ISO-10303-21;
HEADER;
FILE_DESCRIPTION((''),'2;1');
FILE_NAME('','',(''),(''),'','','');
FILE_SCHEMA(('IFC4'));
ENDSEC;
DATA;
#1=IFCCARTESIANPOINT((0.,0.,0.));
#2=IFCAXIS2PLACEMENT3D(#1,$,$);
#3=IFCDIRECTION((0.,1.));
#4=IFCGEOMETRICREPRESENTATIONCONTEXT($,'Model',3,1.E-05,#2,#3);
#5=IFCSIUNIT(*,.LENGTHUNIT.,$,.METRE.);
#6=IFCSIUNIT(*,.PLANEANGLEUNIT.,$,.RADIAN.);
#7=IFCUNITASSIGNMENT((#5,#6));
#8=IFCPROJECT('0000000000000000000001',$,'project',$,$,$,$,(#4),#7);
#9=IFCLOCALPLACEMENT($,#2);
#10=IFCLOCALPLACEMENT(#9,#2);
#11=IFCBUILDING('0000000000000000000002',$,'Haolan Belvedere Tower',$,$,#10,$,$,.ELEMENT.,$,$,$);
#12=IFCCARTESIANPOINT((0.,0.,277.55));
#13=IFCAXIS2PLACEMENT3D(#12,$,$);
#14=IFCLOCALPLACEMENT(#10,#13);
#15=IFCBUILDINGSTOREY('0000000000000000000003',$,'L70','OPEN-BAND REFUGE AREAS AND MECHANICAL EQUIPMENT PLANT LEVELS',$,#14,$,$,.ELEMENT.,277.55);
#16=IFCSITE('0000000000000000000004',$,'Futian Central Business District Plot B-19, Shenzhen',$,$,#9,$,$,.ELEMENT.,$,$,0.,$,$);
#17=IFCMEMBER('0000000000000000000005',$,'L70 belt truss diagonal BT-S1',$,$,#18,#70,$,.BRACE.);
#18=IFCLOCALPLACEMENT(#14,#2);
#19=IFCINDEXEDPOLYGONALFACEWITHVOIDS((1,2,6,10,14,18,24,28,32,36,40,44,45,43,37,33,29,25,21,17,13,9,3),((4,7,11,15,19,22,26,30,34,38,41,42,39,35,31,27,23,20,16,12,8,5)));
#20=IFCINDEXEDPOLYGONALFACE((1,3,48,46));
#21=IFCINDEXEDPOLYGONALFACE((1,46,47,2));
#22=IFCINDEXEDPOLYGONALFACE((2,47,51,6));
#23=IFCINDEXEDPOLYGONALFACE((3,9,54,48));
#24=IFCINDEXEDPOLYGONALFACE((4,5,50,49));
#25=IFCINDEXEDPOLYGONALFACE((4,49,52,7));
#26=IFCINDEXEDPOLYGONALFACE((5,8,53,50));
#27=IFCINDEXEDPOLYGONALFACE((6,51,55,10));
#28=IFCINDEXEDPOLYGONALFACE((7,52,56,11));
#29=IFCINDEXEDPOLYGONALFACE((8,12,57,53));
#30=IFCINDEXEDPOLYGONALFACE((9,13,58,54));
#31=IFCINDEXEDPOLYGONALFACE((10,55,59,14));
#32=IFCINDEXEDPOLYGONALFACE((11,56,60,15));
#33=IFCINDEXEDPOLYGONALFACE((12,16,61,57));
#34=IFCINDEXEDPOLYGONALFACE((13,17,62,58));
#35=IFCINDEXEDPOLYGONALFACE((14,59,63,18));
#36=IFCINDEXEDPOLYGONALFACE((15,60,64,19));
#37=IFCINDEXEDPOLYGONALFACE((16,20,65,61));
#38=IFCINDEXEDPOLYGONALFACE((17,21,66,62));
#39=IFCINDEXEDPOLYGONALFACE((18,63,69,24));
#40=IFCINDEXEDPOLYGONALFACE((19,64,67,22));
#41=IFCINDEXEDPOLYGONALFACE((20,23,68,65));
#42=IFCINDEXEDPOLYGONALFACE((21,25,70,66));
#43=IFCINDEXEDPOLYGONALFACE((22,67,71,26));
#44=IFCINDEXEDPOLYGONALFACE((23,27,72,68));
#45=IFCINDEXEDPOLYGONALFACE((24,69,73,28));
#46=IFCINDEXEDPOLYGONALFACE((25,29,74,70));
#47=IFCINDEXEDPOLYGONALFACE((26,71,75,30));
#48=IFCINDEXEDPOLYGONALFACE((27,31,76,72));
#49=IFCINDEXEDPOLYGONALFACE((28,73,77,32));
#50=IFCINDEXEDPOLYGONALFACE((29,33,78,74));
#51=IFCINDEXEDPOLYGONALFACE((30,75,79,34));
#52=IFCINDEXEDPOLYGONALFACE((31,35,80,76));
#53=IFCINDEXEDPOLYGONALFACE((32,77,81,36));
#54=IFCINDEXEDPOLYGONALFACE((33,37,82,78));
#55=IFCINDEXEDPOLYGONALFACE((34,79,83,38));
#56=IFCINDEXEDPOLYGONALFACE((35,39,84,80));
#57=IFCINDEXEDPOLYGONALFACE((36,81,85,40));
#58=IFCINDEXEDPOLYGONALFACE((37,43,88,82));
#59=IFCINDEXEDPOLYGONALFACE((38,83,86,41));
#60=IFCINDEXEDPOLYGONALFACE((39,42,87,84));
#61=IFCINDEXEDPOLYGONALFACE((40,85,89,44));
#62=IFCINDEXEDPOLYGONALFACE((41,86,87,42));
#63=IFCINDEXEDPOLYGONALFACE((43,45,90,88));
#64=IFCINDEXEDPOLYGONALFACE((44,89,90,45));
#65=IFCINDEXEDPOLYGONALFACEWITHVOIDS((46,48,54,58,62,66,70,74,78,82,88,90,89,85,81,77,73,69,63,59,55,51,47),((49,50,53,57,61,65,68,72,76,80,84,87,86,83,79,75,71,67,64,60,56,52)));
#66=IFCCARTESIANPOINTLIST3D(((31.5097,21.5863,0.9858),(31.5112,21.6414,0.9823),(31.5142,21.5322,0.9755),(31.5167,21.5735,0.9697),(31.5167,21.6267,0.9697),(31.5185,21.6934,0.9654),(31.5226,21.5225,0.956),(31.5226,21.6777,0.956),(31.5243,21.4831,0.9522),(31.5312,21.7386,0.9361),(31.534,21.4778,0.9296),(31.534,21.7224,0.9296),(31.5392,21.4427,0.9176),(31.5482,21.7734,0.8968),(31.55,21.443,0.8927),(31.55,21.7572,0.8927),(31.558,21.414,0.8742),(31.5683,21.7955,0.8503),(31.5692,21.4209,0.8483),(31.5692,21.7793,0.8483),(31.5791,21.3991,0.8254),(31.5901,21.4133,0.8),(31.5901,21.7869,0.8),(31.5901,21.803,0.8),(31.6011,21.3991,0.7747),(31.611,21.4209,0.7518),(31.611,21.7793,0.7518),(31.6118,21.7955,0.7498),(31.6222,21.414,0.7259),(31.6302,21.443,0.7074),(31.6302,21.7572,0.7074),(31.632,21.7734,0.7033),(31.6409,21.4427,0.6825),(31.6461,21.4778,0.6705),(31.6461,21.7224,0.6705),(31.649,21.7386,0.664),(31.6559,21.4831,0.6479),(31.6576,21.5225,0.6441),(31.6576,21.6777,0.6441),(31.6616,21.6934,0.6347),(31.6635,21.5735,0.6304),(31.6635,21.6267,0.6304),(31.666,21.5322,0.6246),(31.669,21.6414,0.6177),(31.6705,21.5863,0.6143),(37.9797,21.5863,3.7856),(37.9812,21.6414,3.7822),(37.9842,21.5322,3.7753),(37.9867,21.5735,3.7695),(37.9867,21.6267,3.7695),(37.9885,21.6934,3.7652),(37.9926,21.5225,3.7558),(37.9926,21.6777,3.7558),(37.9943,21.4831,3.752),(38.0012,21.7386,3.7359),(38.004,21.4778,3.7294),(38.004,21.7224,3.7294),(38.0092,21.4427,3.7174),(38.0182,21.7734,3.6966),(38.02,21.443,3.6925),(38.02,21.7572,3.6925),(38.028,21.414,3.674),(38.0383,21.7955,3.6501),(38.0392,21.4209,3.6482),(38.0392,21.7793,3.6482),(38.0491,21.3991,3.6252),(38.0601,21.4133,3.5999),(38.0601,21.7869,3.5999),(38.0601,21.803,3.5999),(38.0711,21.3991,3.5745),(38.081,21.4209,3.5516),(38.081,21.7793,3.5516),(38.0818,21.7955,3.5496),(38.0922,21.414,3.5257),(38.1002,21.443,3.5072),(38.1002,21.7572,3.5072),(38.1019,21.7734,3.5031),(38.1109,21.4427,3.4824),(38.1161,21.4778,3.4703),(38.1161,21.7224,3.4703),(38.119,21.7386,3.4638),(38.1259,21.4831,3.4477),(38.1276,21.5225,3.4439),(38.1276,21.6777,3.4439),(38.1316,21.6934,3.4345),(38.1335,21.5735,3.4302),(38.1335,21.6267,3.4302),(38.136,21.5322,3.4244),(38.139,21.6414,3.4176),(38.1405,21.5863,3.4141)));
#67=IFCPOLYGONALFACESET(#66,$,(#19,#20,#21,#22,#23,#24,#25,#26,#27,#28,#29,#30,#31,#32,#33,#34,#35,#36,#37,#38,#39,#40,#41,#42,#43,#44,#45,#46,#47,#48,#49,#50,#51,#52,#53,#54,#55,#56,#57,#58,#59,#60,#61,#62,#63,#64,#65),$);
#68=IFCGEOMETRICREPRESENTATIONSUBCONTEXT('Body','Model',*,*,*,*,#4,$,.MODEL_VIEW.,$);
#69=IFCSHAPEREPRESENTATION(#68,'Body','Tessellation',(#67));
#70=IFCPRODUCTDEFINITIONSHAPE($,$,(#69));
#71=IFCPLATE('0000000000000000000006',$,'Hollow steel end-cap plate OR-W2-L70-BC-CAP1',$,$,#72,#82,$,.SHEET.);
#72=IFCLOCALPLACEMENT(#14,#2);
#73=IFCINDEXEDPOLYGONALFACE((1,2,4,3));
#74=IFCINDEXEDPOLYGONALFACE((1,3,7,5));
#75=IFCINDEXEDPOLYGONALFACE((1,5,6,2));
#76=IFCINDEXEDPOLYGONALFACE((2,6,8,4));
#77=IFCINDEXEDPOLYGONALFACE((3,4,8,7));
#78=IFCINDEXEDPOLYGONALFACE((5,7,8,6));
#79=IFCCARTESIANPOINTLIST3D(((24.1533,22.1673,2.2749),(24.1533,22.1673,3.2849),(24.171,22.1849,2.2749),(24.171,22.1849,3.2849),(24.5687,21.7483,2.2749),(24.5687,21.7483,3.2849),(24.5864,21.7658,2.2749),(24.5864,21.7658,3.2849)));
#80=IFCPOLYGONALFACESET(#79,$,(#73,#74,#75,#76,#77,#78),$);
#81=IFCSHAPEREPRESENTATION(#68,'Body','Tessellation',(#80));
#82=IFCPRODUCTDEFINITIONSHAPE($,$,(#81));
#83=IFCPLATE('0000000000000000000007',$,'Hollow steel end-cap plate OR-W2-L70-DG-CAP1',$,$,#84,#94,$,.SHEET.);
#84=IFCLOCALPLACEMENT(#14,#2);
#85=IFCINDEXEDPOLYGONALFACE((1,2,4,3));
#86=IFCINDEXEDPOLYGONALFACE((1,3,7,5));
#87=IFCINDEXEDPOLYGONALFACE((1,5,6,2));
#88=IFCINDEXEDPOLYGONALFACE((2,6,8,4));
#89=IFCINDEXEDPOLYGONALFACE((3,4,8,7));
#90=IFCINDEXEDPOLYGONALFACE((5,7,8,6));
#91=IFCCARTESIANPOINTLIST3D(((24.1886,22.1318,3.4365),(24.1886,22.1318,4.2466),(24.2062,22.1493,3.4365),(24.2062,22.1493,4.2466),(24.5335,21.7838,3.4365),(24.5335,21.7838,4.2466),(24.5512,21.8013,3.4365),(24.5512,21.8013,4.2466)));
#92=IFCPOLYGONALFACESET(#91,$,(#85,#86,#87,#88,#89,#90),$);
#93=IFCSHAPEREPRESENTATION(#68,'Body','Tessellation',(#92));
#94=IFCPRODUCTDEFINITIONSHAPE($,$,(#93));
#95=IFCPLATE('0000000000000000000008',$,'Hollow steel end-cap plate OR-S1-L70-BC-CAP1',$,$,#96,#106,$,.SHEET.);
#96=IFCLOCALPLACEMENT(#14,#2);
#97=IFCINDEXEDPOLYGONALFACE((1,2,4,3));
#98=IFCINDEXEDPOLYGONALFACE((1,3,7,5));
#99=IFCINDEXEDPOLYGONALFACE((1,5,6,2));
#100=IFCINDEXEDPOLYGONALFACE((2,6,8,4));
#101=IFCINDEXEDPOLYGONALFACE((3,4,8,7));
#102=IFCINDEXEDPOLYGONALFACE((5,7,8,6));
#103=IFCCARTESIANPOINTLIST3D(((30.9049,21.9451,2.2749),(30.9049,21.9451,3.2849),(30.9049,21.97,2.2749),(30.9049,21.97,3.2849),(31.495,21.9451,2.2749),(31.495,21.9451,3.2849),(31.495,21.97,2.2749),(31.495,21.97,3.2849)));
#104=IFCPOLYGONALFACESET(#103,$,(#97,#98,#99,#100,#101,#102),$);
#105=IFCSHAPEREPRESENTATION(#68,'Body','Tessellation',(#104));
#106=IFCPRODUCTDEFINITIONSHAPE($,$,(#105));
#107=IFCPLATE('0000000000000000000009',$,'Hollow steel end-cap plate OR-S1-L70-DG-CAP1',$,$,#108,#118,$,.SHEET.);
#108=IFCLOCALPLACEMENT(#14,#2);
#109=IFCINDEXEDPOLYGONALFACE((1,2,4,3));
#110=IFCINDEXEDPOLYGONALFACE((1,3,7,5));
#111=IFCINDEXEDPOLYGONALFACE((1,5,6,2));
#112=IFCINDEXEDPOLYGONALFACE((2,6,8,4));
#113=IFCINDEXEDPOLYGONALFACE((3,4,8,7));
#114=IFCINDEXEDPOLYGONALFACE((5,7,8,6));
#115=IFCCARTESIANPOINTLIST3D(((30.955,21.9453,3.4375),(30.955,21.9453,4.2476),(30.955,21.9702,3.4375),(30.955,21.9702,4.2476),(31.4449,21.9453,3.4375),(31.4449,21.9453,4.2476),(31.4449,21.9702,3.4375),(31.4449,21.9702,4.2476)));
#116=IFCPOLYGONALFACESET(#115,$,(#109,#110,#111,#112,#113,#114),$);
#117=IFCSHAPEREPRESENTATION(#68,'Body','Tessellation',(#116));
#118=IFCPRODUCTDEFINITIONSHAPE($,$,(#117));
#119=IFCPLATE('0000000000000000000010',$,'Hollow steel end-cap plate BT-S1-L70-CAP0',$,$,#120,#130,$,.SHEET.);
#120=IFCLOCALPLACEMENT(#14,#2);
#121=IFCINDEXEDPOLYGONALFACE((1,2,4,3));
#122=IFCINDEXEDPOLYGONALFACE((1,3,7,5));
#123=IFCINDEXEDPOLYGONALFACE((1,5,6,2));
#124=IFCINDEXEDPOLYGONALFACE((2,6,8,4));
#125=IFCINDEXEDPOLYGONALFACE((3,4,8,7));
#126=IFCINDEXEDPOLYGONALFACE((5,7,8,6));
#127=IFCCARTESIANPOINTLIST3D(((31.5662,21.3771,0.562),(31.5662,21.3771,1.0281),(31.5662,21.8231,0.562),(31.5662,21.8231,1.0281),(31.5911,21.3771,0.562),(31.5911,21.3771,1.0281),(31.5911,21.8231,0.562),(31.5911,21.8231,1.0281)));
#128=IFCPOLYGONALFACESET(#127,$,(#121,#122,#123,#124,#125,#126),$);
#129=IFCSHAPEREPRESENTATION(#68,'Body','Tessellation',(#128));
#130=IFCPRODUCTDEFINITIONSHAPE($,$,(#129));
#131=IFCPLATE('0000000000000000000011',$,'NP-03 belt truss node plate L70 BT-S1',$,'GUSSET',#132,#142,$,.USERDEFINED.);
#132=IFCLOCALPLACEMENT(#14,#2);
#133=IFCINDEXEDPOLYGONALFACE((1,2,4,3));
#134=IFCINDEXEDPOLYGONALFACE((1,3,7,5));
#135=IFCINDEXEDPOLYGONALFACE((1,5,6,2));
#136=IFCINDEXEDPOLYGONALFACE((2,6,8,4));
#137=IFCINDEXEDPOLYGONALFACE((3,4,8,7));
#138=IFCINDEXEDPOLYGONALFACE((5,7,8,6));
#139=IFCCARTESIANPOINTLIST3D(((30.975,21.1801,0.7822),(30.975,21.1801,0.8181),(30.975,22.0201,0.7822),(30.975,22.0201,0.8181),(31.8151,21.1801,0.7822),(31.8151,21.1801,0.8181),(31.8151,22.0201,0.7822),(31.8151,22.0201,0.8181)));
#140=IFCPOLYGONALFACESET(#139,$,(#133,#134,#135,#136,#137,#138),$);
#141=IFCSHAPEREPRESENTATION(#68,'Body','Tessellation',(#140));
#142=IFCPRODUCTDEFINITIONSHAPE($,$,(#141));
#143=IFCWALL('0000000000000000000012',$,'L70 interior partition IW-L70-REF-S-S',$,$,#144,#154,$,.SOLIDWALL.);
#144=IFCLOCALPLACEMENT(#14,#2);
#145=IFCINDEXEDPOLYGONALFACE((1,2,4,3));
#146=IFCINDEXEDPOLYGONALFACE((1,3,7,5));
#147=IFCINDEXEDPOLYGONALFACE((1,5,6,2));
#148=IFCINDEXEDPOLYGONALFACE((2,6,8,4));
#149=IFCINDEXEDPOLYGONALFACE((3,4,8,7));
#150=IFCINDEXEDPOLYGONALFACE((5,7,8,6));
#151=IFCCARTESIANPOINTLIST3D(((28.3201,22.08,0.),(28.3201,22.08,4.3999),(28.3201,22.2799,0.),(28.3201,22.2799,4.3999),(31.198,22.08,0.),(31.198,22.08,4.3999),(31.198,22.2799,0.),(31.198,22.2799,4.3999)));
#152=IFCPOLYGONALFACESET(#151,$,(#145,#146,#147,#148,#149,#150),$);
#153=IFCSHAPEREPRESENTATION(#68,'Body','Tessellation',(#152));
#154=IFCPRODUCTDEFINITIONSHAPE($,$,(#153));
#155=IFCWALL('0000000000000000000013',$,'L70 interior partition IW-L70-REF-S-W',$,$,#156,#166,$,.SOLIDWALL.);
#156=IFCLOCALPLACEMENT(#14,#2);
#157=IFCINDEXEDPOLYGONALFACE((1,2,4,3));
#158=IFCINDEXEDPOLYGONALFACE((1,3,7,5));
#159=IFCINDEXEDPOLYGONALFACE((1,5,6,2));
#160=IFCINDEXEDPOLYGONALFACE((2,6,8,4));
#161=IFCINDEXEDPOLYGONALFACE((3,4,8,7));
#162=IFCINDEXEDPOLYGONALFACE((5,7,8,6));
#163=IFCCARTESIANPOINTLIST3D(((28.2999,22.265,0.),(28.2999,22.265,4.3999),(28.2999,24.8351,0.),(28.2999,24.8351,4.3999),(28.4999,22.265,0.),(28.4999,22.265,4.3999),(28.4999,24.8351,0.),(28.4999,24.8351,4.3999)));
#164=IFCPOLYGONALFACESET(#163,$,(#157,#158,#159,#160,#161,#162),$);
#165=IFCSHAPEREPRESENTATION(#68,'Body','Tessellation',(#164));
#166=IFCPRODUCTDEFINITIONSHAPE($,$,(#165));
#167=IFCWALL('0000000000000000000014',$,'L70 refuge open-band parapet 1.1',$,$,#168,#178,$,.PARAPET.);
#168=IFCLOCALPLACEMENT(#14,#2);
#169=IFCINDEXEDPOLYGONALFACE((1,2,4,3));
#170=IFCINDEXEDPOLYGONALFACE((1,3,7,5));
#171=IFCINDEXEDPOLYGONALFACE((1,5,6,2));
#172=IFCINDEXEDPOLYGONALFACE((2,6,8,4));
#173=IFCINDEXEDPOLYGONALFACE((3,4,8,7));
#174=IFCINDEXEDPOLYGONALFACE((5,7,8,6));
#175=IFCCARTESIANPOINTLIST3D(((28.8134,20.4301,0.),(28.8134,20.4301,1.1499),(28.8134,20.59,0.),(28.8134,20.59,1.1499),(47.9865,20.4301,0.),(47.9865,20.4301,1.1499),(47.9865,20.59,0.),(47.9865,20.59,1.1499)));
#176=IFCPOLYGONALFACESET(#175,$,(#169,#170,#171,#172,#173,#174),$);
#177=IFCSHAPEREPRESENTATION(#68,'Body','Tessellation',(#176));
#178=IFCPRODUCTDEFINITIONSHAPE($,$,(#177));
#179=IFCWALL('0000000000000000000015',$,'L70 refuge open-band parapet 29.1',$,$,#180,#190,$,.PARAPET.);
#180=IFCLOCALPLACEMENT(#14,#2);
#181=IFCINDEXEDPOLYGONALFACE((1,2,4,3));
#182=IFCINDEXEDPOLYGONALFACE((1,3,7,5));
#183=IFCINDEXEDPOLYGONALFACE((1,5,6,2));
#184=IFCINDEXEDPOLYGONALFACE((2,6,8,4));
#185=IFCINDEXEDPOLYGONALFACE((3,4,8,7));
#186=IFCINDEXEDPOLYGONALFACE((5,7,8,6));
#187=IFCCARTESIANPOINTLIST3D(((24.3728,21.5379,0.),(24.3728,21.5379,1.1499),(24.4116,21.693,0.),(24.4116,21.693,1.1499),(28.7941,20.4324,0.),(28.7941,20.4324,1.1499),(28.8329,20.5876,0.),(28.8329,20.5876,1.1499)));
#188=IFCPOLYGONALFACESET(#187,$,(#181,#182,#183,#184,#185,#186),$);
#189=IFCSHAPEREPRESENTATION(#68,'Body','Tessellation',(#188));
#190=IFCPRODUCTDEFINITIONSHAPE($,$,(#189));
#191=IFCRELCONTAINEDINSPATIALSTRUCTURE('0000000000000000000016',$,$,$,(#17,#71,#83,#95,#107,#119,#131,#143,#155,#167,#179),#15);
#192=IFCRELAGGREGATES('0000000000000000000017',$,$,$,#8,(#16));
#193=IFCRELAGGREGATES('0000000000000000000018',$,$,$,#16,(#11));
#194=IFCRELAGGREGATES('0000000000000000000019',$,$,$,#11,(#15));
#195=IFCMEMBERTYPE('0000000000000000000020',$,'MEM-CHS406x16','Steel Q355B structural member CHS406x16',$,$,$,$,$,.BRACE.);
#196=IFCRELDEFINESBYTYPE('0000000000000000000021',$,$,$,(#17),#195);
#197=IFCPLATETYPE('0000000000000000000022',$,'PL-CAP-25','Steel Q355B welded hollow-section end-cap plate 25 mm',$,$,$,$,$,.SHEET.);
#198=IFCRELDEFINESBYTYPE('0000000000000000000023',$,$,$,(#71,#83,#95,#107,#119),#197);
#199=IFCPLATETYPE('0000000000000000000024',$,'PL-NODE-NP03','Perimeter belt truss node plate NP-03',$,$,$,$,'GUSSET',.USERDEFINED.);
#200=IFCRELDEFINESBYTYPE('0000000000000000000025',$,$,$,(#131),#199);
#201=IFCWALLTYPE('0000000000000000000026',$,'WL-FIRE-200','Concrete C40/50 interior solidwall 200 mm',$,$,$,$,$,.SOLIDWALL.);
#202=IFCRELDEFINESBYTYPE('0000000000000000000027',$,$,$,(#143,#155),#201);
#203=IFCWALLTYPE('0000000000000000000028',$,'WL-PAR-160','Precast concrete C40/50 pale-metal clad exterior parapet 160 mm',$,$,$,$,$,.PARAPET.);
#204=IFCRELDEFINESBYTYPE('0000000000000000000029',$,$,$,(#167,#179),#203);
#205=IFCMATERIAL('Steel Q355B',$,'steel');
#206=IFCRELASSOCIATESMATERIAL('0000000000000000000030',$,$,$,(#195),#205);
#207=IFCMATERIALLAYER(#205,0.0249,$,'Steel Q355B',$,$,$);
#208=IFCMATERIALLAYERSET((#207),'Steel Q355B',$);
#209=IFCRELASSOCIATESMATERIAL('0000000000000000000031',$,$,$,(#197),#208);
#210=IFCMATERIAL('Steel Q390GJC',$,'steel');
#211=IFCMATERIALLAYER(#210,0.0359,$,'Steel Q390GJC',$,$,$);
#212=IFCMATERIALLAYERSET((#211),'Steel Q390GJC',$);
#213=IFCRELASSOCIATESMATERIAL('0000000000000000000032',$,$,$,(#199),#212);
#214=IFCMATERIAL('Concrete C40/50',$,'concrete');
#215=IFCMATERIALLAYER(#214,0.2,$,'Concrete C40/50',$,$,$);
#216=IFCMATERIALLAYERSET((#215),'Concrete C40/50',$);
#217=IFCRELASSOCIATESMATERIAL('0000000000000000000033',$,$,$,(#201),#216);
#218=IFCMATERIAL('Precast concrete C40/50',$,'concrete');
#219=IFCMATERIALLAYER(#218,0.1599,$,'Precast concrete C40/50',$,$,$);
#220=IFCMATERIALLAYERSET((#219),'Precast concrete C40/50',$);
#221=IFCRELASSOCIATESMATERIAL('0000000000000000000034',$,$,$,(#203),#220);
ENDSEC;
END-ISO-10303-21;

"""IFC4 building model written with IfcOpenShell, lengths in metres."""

from ifc_helpers import new_model, si_unit, direction, frame, frame_2d, origin, origin_2d, place, context, subcontext, project, spatial, rectangle, hollow_circle, extrude, material, layer, layer_set, material_profile, profile_set, type_object, element, save


model = new_model("IFC4")

# Units and contexts
model_context = context("Model", 3, precision=1e-05, world=origin(), true_north=direction((0.0, 1.0)))
body_context = subcontext(model_context, "Body", "Model", "MODEL_VIEW")
ifc_project = project(units=[si_unit("LENGTHUNIT", "METRE"), si_unit("PLANEANGLEUNIT", "RADIAN")], contexts=[model_context])

# Site, building, storey
site_placement = place(None, origin())
site = spatial("IfcSite", under=ifc_project, at=site_placement, Name="Futian Central Business District Plot B-19, Shenzhen", CompositionType="ELEMENT", RefElevation=0.0)
building_placement = place(site_placement, origin())
building = spatial("IfcBuilding", under=site, at=building_placement, Name="Haolan Belvedere Tower", CompositionType="ELEMENT")
storey_placement = place(building_placement, frame((0.0, 0.0, 277.55)))
storey = spatial("IfcBuildingStorey", under=building, at=storey_placement, Name="L70", Description="OPEN-BAND REFUGE AREAS AND MECHANICAL EQUIPMENT PLANT LEVELS", CompositionType="ELEMENT", Elevation=277.55)

# Shared definitions
ifc_material_1 = material(Name="Steel Q390GJC", Category="steel")

# Shared definitions
ifc_material_2 = material(Name="Steel Q355B", Category="steel")

# Member
ifc_material_profile_1 = material_profile(ifc_material_2, hollow_circle(Radius=0.2029, WallThickness=0.0161, at=origin_2d()), Name="Steel Q355B")
ifc_profile_set_1 = profile_set([ifc_material_profile_1], Name="Steel Q355B")
member_type = type_object("IfcMemberType", Name="MEM-CHS406x16", Description="Steel Q355B structural member CHS406x16", PredefinedType="BRACE", material=ifc_profile_set_1)
member_placement = place(storey_placement, frame((31.5901, 21.6001, 0.8), z_axis=(0.917755, 0.0, 0.397148), x_axis=(0.0, 1.0, 0.0)))
element("IfcMember", 1, at=member_placement, inside=storey, type_object=member_type, Name="L70 belt truss diagonal BT-S1", PredefinedType="BRACE", context=body_context, shape_type="SweptSolid", body=[
    extrude(hollow_circle(Radius=0.2029, WallThickness=0.0161, at=origin_2d()), origin(), (0.0, 0.0, 1.0), 7.0498),
])

# Plates
ifc_layer_1 = layer(ifc_material_2, 0.0249, Name="Steel Q355B")
ifc_layer_set_1 = layer_set([ifc_layer_1], Name="Steel Q355B")
plate_type_1 = type_object("IfcPlateType", Name="PL-CAP-25", Description="Steel Q355B welded hollow-section end-cap plate 25 mm", PredefinedType="SHEET", material=ifc_layer_set_1)
plate_1_placement = place(storey_placement, frame((24.3699, 21.9666, 2.2749), z_axis=(0.0, 0.0, 1.0), x_axis=(0.704015, -0.710185, 0.0)))
element("IfcPlate", 2, at=plate_1_placement, inside=storey, type_object=plate_type_1, Name="Hollow steel end-cap plate OR-W2-L70-BC-CAP1", PredefinedType="SHEET", context=body_context, shape_type="SweptSolid", body=[
    extrude(rectangle(XDim=0.5901, YDim=0.0249, at=origin_2d()), origin(), (0.0, 0.0, 1.0), 1.01),
])
plate_2_placement = place(storey_placement, frame((24.3699, 21.9666, 3.4365), z_axis=(0.0, 0.0, 1.0), x_axis=(0.704015, -0.710185, 0.0)))
element("IfcPlate", 3, at=plate_2_placement, inside=storey, type_object=plate_type_1, Name="Hollow steel end-cap plate OR-W2-L70-DG-CAP1", PredefinedType="SHEET", context=body_context, shape_type="SweptSolid", body=[
    extrude(rectangle(XDim=0.49, YDim=0.0249, at=origin_2d()), origin(), (0.0, 0.0, 1.0), 0.8101),
])
plate_3_placement = place(storey_placement, frame((31.2, 21.9575, 2.2749), z_axis=(0.0, 0.0, 1.0), x_axis=(1.0, 0.0, 0.0)))
element("IfcPlate", 4, at=plate_3_placement, inside=storey, type_object=plate_type_1, Name="Hollow steel end-cap plate OR-S1-L70-BC-CAP1", PredefinedType="SHEET", context=body_context, shape_type="SweptSolid", body=[
    extrude(rectangle(XDim=0.5901, YDim=0.0249, at=origin_2d()), origin(), (0.0, 0.0, 1.0), 1.01),
])
plate_4_placement = place(storey_placement, frame((31.2, 21.9578, 3.4375), z_axis=(0.0, 0.0, 1.0), x_axis=(1.0, 0.0, 0.0)))
element("IfcPlate", 5, at=plate_4_placement, inside=storey, type_object=plate_type_1, Name="Hollow steel end-cap plate OR-S1-L70-DG-CAP1", PredefinedType="SHEET", context=body_context, shape_type="SweptSolid", body=[
    extrude(rectangle(XDim=0.49, YDim=0.0249, at=origin_2d()), origin(), (0.0, 0.0, 1.0), 0.8101),
])
plate_5_placement = place(storey_placement, frame((31.5786, 21.6001, 0.562), z_axis=(0.0, 0.0, 1.0), x_axis=(0.0, -1.0, 0.0)))
element("IfcPlate", 6, at=plate_5_placement, inside=storey, type_object=plate_type_1, Name="Hollow steel end-cap plate BT-S1-L70-CAP0", PredefinedType="SHEET", context=body_context, shape_type="SweptSolid", body=[
    extrude(rectangle(XDim=0.446, YDim=0.0249, at=origin_2d()), origin(), (0.0, 0.0, 1.0), 0.4661),
])
ifc_layer_2 = layer(ifc_material_1, 0.0359, Name="Steel Q390GJC")
ifc_layer_set_2 = layer_set([ifc_layer_2], Name="Steel Q390GJC")
plate_type_2 = type_object("IfcPlateType", Name="PL-NODE-NP03", Description="Perimeter belt truss node plate NP-03", ElementType="GUSSET", PredefinedType="USERDEFINED", material=ifc_layer_set_2)
plate_6_placement = place(storey_placement, frame((31.395, 21.6001, 0.7822), z_axis=(0.0, 0.0, 1.0), x_axis=(1.0, 0.0, 0.0)))
element("IfcPlate", 7, at=plate_6_placement, inside=storey, type_object=plate_type_2, Name="NP-03 belt truss node plate L70 BT-S1", ObjectType="GUSSET", PredefinedType="USERDEFINED", context=body_context, shape_type="SweptSolid", body=[
    extrude(rectangle(XDim=0.8401, YDim=0.8401, at=origin_2d()), origin(), (0.0, 0.0, 1.0), 0.0359),
])

# Walls
ifc_material_3 = material(Name="Concrete C40/50", Category="concrete")
ifc_layer_3 = layer(ifc_material_3, 0.2, Name="Concrete C40/50")
ifc_layer_set_3 = layer_set([ifc_layer_3], Name="Concrete C40/50")
wall_type_1 = type_object("IfcWallType", Name="WL-FIRE-200", Description="Concrete C40/50 interior solidwall 200 mm", PredefinedType="SOLIDWALL", material=ifc_layer_set_3)
wall_1_placement = place(storey_placement, frame((28.3201, 22.1799, 0.0), z_axis=(0.0, 0.0, 1.0), x_axis=(1.0, 0.0, 0.0)))
element("IfcWall", 8, at=wall_1_placement, inside=storey, type_object=wall_type_1, Name="L70 interior partition IW-L70-REF-S-S", PredefinedType="SOLIDWALL", context=body_context, shape_type="SweptSolid", body=[
    extrude(rectangle(XDim=2.8779, YDim=0.2, at=frame_2d((1.439, 0.0))), origin(), (0.0, 0.0, 1.0), 4.3999),
])
wall_2_placement = place(storey_placement, frame((28.3999, 22.2649, 0.0), z_axis=(0.0, 0.0, 1.0), x_axis=(0.0, 1.0, 0.0)))
element("IfcWall", 9, at=wall_2_placement, inside=storey, type_object=wall_type_1, Name="L70 interior partition IW-L70-REF-S-W", PredefinedType="SOLIDWALL", context=body_context, shape_type="SweptSolid", body=[
    extrude(rectangle(XDim=2.5701, YDim=0.2, at=frame_2d((1.2852, 0.0))), origin(), (0.0, 0.0, 1.0), 4.3999),
])
ifc_material_4 = material(Name="Precast concrete C40/50", Category="concrete")
ifc_layer_4 = layer(ifc_material_4, 0.1599, Name="Precast concrete C40/50")
ifc_layer_set_4 = layer_set([ifc_layer_4], Name="Precast concrete C40/50")
wall_type_2 = type_object("IfcWallType", Name="WL-PAR-160", Description="Precast concrete C40/50 pale-metal clad exterior parapet 160 mm", PredefinedType="PARAPET", material=ifc_layer_set_4)
wall_3_placement = place(storey_placement, frame((28.8135, 20.51, 0.0), z_axis=(0.0, 0.0, 1.0), x_axis=(1.0, 0.0, 0.0)))
element("IfcWall", 10, at=wall_3_placement, inside=storey, type_object=wall_type_2, Name="L70 refuge open-band parapet 1.1", PredefinedType="PARAPET", context=body_context, shape_type="SweptSolid", body=[
    extrude(rectangle(XDim=19.1731, YDim=0.1599, at=frame_2d((9.5864, 0.0))), origin(), (0.0, 0.0, 1.0), 1.1499),
])
wall_4_placement = place(storey_placement, frame((24.3921, 21.6155, 0.0), z_axis=(0.0, 0.0, 1.0), x_axis=(0.970136, -0.242561, 0.0)))
element("IfcWall", 11, at=wall_4_placement, inside=storey, type_object=wall_type_2, Name="L70 refuge open-band parapet 29.1", PredefinedType="PARAPET", context=body_context, shape_type="SweptSolid", body=[
    extrude(rectangle(XDim=4.5574, YDim=0.1599, at=frame_2d((2.2788, 0.0))), origin(), (0.0, 0.0, 1.0), 1.1499),
])

save(model, "model.ifc")
